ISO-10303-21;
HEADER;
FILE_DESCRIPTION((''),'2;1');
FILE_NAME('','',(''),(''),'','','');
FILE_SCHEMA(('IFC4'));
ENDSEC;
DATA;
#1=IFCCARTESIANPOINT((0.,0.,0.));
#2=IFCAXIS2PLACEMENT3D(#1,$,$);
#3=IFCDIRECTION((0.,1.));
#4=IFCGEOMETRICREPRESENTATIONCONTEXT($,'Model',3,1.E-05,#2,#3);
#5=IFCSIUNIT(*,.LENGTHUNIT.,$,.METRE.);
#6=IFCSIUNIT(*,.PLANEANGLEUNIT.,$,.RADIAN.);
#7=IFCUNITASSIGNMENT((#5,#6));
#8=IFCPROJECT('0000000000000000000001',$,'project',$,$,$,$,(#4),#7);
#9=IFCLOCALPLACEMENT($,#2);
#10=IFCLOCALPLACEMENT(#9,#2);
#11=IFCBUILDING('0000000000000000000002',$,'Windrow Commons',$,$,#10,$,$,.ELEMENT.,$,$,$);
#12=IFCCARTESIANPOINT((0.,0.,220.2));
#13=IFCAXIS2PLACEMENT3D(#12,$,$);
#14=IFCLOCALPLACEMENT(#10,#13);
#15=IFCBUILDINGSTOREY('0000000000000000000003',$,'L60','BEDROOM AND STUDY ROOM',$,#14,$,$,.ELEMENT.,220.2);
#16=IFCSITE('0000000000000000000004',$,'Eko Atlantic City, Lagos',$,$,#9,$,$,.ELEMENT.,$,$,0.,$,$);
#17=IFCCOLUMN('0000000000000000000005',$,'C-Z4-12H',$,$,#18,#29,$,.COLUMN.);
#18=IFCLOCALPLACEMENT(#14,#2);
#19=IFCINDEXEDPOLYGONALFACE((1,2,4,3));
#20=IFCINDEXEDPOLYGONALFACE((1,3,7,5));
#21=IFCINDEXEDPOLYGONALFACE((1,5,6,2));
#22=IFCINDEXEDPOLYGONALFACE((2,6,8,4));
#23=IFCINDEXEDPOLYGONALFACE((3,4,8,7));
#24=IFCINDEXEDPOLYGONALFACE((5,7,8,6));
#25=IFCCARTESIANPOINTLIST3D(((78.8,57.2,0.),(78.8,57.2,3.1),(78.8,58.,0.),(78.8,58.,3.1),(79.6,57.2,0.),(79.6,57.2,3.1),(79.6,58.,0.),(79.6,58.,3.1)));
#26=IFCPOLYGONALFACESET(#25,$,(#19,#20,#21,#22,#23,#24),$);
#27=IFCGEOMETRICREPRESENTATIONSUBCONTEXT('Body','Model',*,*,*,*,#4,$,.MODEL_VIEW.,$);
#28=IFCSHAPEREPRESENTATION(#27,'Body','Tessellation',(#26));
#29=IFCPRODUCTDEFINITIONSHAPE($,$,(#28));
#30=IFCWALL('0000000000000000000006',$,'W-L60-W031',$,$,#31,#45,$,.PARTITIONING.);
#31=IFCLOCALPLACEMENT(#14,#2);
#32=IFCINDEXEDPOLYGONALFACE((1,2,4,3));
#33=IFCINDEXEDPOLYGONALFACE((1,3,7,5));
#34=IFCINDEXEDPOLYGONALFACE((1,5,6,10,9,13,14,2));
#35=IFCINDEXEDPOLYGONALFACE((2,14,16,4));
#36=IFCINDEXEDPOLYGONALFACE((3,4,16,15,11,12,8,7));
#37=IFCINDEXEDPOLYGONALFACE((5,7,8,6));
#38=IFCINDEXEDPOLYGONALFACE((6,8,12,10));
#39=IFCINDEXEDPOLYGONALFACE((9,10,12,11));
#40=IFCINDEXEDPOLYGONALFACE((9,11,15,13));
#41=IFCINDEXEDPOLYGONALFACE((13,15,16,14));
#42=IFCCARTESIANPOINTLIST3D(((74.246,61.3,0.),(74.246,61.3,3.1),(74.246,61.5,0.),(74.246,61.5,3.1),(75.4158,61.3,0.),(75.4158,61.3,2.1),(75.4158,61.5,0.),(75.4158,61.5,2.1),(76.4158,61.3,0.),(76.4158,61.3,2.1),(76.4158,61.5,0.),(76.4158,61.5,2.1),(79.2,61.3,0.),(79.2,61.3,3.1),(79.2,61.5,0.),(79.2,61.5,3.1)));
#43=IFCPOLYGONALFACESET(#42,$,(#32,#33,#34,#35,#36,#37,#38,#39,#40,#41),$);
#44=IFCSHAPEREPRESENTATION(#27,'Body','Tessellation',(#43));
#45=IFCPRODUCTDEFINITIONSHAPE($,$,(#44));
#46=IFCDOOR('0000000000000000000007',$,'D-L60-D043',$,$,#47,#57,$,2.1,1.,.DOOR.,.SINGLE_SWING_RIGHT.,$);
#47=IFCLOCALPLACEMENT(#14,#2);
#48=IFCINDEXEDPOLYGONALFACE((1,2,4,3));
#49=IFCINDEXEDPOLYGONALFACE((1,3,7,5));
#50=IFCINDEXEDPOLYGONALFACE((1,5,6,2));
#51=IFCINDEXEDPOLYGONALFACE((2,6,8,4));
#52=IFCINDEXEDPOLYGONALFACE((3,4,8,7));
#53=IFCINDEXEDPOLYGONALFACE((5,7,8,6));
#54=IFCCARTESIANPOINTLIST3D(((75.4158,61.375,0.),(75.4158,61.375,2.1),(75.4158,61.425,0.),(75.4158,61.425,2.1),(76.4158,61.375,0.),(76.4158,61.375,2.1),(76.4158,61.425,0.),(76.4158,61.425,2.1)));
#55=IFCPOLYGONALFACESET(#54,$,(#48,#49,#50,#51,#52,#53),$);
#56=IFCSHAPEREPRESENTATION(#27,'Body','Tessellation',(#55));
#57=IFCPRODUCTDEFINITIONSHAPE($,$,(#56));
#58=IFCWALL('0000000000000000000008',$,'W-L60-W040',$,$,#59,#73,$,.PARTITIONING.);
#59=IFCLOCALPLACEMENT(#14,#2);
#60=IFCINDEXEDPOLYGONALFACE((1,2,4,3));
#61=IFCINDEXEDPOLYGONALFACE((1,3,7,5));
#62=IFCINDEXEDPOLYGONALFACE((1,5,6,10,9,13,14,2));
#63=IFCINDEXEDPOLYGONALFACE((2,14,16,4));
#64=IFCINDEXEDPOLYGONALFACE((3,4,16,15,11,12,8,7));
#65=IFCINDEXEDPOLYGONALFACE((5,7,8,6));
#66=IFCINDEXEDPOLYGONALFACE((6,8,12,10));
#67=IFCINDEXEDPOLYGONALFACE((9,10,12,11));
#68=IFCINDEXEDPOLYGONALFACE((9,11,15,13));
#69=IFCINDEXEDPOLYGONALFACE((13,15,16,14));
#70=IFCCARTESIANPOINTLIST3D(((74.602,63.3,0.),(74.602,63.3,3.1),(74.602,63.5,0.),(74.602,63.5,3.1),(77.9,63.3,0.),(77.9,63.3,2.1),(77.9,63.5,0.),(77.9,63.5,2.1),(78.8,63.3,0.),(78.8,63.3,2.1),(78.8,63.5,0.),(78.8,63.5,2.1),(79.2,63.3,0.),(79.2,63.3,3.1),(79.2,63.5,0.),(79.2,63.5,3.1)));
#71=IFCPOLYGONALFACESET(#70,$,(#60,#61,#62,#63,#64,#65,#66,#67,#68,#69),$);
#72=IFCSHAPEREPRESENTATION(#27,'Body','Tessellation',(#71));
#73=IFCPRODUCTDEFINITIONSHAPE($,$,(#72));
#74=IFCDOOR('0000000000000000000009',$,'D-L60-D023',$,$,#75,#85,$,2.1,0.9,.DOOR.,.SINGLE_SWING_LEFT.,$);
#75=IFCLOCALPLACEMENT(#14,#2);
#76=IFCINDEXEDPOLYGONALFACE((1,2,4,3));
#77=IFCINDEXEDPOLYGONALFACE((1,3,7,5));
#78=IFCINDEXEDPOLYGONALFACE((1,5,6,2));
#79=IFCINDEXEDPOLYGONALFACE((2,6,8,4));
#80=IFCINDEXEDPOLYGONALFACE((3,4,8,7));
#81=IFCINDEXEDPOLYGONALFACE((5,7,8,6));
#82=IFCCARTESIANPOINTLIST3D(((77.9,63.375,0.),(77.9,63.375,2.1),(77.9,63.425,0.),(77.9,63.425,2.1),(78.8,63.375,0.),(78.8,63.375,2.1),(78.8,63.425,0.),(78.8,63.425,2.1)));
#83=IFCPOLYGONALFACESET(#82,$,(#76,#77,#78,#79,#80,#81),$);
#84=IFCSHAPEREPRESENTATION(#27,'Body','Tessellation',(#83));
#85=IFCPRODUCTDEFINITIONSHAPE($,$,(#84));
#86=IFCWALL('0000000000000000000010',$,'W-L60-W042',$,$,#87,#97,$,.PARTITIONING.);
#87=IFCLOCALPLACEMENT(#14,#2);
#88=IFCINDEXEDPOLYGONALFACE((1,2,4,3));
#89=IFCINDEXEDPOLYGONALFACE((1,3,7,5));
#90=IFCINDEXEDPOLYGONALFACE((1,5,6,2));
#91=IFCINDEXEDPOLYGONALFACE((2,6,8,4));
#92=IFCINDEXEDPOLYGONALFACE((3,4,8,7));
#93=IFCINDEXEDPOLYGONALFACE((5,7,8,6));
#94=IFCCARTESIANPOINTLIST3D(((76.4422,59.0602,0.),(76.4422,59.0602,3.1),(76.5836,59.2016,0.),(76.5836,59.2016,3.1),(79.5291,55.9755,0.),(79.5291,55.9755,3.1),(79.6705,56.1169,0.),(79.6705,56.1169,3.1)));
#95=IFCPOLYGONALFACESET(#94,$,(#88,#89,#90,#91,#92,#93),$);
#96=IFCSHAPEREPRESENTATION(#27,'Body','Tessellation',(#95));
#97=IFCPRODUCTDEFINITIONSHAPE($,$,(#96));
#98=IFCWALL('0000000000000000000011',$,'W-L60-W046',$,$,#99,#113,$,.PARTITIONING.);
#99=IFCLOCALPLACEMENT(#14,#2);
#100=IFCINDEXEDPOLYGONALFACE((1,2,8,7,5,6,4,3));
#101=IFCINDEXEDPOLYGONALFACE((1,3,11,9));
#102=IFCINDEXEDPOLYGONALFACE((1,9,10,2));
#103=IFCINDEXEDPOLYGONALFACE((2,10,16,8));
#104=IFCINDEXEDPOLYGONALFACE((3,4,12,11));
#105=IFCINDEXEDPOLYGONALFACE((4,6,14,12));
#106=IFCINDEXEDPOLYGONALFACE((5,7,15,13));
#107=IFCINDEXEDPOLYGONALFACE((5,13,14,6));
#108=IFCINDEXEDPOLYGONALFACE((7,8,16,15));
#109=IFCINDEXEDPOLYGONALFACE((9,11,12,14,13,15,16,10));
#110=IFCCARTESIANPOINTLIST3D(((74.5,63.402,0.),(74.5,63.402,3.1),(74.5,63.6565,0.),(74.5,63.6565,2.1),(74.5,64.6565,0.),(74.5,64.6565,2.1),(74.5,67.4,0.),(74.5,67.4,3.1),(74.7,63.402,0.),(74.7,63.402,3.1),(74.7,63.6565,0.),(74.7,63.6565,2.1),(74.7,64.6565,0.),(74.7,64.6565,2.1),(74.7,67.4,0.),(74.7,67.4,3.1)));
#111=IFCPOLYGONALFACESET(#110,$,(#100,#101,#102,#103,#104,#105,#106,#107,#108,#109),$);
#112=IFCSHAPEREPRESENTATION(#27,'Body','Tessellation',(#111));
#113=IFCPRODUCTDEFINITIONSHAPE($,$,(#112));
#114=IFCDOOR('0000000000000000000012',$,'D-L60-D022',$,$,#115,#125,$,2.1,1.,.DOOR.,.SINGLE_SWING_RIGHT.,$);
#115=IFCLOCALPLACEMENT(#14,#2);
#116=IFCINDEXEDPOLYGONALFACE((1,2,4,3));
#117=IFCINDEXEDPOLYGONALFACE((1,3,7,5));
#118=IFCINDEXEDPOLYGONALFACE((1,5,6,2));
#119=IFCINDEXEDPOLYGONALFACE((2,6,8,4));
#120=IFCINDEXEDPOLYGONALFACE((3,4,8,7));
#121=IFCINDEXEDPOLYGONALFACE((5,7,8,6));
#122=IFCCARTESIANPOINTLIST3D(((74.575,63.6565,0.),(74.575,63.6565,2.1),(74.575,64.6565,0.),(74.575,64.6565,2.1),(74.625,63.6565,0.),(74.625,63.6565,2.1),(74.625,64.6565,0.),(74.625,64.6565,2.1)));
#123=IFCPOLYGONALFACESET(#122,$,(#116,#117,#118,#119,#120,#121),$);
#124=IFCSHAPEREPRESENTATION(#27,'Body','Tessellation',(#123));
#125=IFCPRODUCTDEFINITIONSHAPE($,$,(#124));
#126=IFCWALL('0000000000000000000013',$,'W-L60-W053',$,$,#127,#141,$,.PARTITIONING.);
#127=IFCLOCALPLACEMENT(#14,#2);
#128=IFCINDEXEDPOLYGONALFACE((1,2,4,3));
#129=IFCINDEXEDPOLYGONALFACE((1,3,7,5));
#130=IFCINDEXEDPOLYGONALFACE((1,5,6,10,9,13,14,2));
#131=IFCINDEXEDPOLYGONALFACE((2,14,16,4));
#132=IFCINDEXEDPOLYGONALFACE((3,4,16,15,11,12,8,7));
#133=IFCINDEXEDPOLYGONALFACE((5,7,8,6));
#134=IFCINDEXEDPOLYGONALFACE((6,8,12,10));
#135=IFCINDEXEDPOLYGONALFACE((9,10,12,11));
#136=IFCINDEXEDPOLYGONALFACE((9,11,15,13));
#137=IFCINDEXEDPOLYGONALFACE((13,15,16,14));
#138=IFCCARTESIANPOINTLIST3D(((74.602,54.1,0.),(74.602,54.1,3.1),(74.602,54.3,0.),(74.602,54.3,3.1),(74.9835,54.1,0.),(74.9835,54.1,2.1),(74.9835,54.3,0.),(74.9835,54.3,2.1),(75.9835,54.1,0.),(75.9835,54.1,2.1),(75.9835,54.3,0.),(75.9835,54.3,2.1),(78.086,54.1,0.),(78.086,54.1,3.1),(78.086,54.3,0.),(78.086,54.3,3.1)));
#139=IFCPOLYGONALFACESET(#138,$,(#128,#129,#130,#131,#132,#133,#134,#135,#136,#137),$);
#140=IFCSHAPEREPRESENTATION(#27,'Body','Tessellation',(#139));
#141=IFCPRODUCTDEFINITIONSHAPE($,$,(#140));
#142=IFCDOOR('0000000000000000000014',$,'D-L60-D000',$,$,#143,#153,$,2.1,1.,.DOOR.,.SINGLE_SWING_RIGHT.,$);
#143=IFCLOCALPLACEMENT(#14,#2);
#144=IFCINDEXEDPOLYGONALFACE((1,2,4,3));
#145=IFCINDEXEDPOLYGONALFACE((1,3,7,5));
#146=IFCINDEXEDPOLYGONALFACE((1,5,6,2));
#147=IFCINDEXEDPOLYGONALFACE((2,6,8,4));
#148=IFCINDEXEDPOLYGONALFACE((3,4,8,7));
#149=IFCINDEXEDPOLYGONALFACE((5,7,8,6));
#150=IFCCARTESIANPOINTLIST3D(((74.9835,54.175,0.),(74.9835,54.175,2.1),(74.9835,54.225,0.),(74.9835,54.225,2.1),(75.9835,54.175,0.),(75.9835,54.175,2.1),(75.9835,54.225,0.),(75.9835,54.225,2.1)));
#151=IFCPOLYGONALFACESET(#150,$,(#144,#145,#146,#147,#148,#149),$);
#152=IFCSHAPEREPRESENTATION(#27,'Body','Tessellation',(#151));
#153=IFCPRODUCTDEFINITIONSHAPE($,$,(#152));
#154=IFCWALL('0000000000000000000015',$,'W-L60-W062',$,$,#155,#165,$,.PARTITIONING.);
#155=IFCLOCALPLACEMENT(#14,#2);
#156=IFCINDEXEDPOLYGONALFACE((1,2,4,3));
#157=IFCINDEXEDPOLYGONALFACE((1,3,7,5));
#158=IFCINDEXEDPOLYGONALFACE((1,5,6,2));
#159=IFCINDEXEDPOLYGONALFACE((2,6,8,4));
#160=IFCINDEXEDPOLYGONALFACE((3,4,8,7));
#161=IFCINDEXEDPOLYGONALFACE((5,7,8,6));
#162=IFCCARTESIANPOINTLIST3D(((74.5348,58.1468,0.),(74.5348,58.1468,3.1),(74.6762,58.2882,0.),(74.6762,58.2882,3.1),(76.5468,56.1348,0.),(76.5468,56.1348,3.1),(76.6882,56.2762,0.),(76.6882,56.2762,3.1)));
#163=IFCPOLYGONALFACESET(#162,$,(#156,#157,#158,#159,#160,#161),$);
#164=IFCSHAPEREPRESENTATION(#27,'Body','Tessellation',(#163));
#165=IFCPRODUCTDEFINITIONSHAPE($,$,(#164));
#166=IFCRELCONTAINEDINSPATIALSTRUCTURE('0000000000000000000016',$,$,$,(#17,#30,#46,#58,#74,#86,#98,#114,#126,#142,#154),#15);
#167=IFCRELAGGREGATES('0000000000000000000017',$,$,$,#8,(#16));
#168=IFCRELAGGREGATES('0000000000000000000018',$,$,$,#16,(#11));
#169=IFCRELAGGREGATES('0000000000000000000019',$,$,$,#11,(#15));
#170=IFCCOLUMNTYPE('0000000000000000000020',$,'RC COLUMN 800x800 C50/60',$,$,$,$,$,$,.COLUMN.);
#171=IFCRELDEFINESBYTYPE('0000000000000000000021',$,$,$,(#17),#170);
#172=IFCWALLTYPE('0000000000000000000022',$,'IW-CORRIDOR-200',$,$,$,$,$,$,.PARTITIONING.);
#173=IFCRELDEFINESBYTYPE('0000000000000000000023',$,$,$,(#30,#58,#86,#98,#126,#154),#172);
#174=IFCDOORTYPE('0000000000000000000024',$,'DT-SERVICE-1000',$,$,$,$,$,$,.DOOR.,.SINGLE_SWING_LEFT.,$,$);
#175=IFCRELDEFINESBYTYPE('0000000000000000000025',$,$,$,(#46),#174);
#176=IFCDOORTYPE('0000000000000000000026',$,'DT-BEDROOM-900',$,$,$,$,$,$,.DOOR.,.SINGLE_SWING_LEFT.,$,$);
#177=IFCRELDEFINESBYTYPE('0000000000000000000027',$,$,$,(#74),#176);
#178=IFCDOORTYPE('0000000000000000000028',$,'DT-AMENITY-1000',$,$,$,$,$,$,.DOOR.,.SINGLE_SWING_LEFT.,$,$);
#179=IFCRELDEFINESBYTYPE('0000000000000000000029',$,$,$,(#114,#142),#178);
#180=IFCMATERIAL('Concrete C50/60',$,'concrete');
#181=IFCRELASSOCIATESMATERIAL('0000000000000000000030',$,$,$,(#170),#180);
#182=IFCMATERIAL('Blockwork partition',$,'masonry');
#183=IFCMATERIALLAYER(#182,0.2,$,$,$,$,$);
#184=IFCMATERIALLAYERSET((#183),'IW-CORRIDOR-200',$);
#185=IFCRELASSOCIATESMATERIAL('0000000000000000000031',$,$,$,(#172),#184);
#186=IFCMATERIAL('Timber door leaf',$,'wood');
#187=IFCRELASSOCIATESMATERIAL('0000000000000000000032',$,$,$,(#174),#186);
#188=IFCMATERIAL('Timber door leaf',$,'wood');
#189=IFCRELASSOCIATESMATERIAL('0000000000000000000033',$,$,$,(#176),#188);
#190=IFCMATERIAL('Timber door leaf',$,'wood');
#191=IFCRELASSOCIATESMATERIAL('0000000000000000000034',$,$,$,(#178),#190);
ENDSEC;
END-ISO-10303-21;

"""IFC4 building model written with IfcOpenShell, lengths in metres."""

from ifc_helpers import new_model, si_unit, direction, frame, frame_2d, origin, origin_2d, place, context, subcontext, project, spatial, rectangle, extrude, material, layer, layer_set, material_profile, profile_set, type_object, element, fill, save


model = new_model("IFC4")

# Units and contexts
model_context = context("Model", 3, precision=1e-05, world=origin(), true_north=direction((0.0, 1.0)))
body_context = subcontext(model_context, "Body", "Model", "MODEL_VIEW")
ifc_project = project(units=[si_unit("LENGTHUNIT", "METRE"), si_unit("PLANEANGLEUNIT", "RADIAN")], contexts=[model_context])

# Site, building, storey
site_placement = place(None, origin())
site = spatial("IfcSite", under=ifc_project, at=site_placement, Name="Eko Atlantic City, Lagos", CompositionType="ELEMENT", RefElevation=0.0)
building_placement = place(site_placement, origin())
building = spatial("IfcBuilding", under=site, at=building_placement, Name="Windrow Commons", CompositionType="ELEMENT")
storey_placement = place(building_placement, frame((0.0, 0.0, 220.2)))
storey = spatial("IfcBuildingStorey", under=building, at=storey_placement, Name="L60", Description="BEDROOM AND STUDY ROOM", CompositionType="ELEMENT", Elevation=220.2)

# Column
ifc_material_1 = material(Name="Concrete C50/60", Category="concrete")
ifc_material_profile = material_profile(ifc_material_1, rectangle(XDim=0.8, YDim=0.8, at=origin_2d()))
ifc_profile_set = profile_set([ifc_material_profile], Name="Concrete C50/60")
column_type = type_object("IfcColumnType", Name="RC COLUMN 800x800 C50/60", PredefinedType="COLUMN", material=ifc_profile_set)
column_placement = place(storey_placement, frame((79.2, 57.6, 0.0), z_axis=(0.0, 0.0, 1.0), x_axis=(1.0, 0.0, 0.0)))
element("IfcColumn", 1, at=column_placement, inside=storey, type_object=column_type, Name="C-Z4-12H", PredefinedType="COLUMN", context=body_context, shape_type="SweptSolid", body=[
    extrude(rectangle(XDim=0.8, YDim=0.8, at=origin_2d()), origin(), (0.0, 0.0, 1.0), 3.1),
])

# Walls, openings, doors
ifc_material_2 = material(Name="Blockwork partition", Category="masonry")
ifc_layer_1 = layer(ifc_material_2, 0.2)
ifc_layer_set_1 = layer_set([ifc_layer_1], Name="IW-CORRIDOR-200")
wall_type_1 = type_object("IfcWallType", Name="IW-CORRIDOR-200", PredefinedType="PARTITIONING", material=ifc_layer_set_1)
wall_1_placement = place(storey_placement, frame((74.246, 61.4, 0.0), z_axis=(0.0, 0.0, 1.0), x_axis=(1.0, 0.0, 0.0)))
wall_1 = element("IfcWall", 2, at=wall_1_placement, inside=storey, type_object=wall_type_1, Name="W-L60-W031", PredefinedType="PARTITIONING", context=body_context, shape_type="SweptSolid", body=[
    extrude(rectangle(XDim=4.954, YDim=0.2, at=frame_2d((2.477, 0.0))), origin(), (0.0, 0.0, 1.0), 3.1),
])
opening_1_placement = place(wall_1_placement, frame((1.1698, 0.0, 0.0)))
opening_1 = element("IfcOpeningElement", 3, at=opening_1_placement, cuts=wall_1, PredefinedType="OPENING", context=body_context, shape_type="SweptSolid", body=[
    extrude(rectangle(XDim=1.0, YDim=2.1, at=frame_2d((0.5, 1.05))), frame((0.0, 0.11, 0.0), z_axis=(0.0, -1.0, 0.0), x_axis=(1.0, 0.0, 0.0)), (0.0, 0.0, 1.0), 0.22),
])
ifc_material_3 = material(Name="Timber door leaf", Category="wood")
door_type_1 = type_object("IfcDoorType", Name="DT-SERVICE-1000", OperationType="SINGLE_SWING_LEFT", PredefinedType="DOOR", material=ifc_material_3)
door_1_placement = place(opening_1_placement, origin())
door_1 = element("IfcDoor", 4, at=door_1_placement, inside=storey, type_object=door_type_1, Name="D-L60-D043", OperationType="SINGLE_SWING_RIGHT", OverallHeight=2.1, OverallWidth=1.0, PredefinedType="DOOR", context=body_context, shape_type="SweptSolid", body=[
    extrude(rectangle(XDim=1.0, YDim=2.1, at=frame_2d((0.5, 1.05))), frame((0.0, 0.025, 0.0), z_axis=(0.0, -1.0, 0.0), x_axis=(1.0, 0.0, 0.0)), (0.0, 0.0, 1.0), 0.05),
])
fill(opening_1, door_1)
wall_2_placement = place(storey_placement, frame((74.602, 63.4, 0.0), z_axis=(0.0, 0.0, 1.0), x_axis=(1.0, 0.0, 0.0)))
wall_2 = element("IfcWall", 5, at=wall_2_placement, inside=storey, type_object=wall_type_1, Name="W-L60-W040", PredefinedType="PARTITIONING", context=body_context, shape_type="SweptSolid", body=[
    extrude(rectangle(XDim=4.598, YDim=0.2, at=frame_2d((2.299, 0.0))), origin(), (0.0, 0.0, 1.0), 3.1),
])
opening_2_placement = place(wall_2_placement, frame((3.298, 0.0, 0.0)))
opening_2 = element("IfcOpeningElement", 6, at=opening_2_placement, cuts=wall_2, PredefinedType="OPENING", context=body_context, shape_type="SweptSolid", body=[
    extrude(rectangle(XDim=0.9, YDim=2.1, at=frame_2d((0.45, 1.05))), frame((0.0, 0.11, 0.0), z_axis=(0.0, -1.0, 0.0), x_axis=(1.0, 0.0, 0.0)), (0.0, 0.0, 1.0), 0.22),
])
ifc_material_4 = material(Name="Timber door leaf", Category="wood")
door_type_2 = type_object("IfcDoorType", Name="DT-BEDROOM-900", OperationType="SINGLE_SWING_LEFT", PredefinedType="DOOR", material=ifc_material_4)
door_2_placement = place(opening_2_placement, origin())
door_2 = element("IfcDoor", 7, at=door_2_placement, inside=storey, type_object=door_type_2, Name="D-L60-D023", OperationType="SINGLE_SWING_LEFT", OverallHeight=2.1, OverallWidth=0.9, PredefinedType="DOOR", context=body_context, shape_type="SweptSolid", body=[
    extrude(rectangle(XDim=0.9, YDim=2.1, at=frame_2d((0.45, 1.05))), frame((0.0, 0.025, 0.0), z_axis=(0.0, -1.0, 0.0), x_axis=(1.0, 0.0, 0.0)), (0.0, 0.0, 1.0), 0.05),
])
fill(opening_2, door_2)

# Wall
wall_3_placement = place(storey_placement, frame((76.5129, 59.1309, 0.0), z_axis=(0.0, 0.0, 1.0), x_axis=(0.707359, -0.706855, 0.0)))
element("IfcWall", 8, at=wall_3_placement, inside=storey, type_object=wall_type_1, Name="W-L60-W042", PredefinedType="PARTITIONING", context=body_context, shape_type="SweptSolid", body=[
    extrude(rectangle(XDim=4.364, YDim=0.2, at=frame_2d((2.182, 0.0))), origin(), (0.0, 0.0, 1.0), 3.1),
])

# Walls, openings, doors
wall_4_placement = place(storey_placement, frame((74.6, 63.402, 0.0), z_axis=(0.0, 0.0, 1.0), x_axis=(0.0, 1.0, 0.0)))
wall_4 = element("IfcWall", 9, at=wall_4_placement, inside=storey, type_object=wall_type_1, Name="W-L60-W046", PredefinedType="PARTITIONING", context=body_context, shape_type="SweptSolid", body=[
    extrude(rectangle(XDim=3.998, YDim=0.2, at=frame_2d((1.999, 0.0))), origin(), (0.0, 0.0, 1.0), 3.1),
])
opening_3_placement = place(wall_4_placement, frame((0.2545, 0.0, 0.0)))
opening_3 = element("IfcOpeningElement", 10, at=opening_3_placement, cuts=wall_4, PredefinedType="OPENING", context=body_context, shape_type="SweptSolid", body=[
    extrude(rectangle(XDim=1.0, YDim=2.1, at=frame_2d((0.5, 1.05))), frame((0.0, 0.11, 0.0), z_axis=(0.0, -1.0, 0.0), x_axis=(1.0, 0.0, 0.0)), (0.0, 0.0, 1.0), 0.22),
])
ifc_material_5 = material(Name="Timber door leaf", Category="wood")
door_type_3 = type_object("IfcDoorType", Name="DT-AMENITY-1000", OperationType="SINGLE_SWING_LEFT", PredefinedType="DOOR", material=ifc_material_5)
door_3_placement = place(opening_3_placement, origin())
door_3 = element("IfcDoor", 11, at=door_3_placement, inside=storey, type_object=door_type_3, Name="D-L60-D022", OperationType="SINGLE_SWING_RIGHT", OverallHeight=2.1, OverallWidth=1.0, PredefinedType="DOOR", context=body_context, shape_type="SweptSolid", body=[
    extrude(rectangle(XDim=1.0, YDim=2.1, at=frame_2d((0.5, 1.05))), frame((0.0, 0.025, 0.0), z_axis=(0.0, -1.0, 0.0), x_axis=(1.0, 0.0, 0.0)), (0.0, 0.0, 1.0), 0.05),
])
fill(opening_3, door_3)
wall_5_placement = place(storey_placement, frame((74.602, 54.2, 0.0), z_axis=(0.0, 0.0, 1.0), x_axis=(1.0, 0.0, 0.0)))
wall_5 = element("IfcWall", 12, at=wall_5_placement, inside=storey, type_object=wall_type_1, Name="W-L60-W053", PredefinedType="PARTITIONING", context=body_context, shape_type="SweptSolid", body=[
    extrude(rectangle(XDim=3.484, YDim=0.2, at=frame_2d((1.742, 0.0))), origin(), (0.0, 0.0, 1.0), 3.1),
])
opening_4_placement = place(wall_5_placement, frame((0.3815, 0.0, 0.0)))
opening_4 = element("IfcOpeningElement", 13, at=opening_4_placement, cuts=wall_5, PredefinedType="OPENING", context=body_context, shape_type="SweptSolid", body=[
    extrude(rectangle(XDim=1.0, YDim=2.1, at=frame_2d((0.5, 1.05))), frame((0.0, 0.11, 0.0), z_axis=(0.0, -1.0, 0.0), x_axis=(1.0, 0.0, 0.0)), (0.0, 0.0, 1.0), 0.22),
])
door_4_placement = place(opening_4_placement, origin())
door_4 = element("IfcDoor", 14, at=door_4_placement, inside=storey, type_object=door_type_3, Name="D-L60-D000", OperationType="SINGLE_SWING_RIGHT", OverallHeight=2.1, OverallWidth=1.0, PredefinedType="DOOR", context=body_context, shape_type="SweptSolid", body=[
    extrude(rectangle(XDim=1.0, YDim=2.1, at=frame_2d((0.5, 1.05))), frame((0.0, 0.025, 0.0), z_axis=(0.0, -1.0, 0.0), x_axis=(1.0, 0.0, 0.0)), (0.0, 0.0, 1.0), 0.05),
])
fill(opening_4, door_4)

# Wall
wall_6_placement = place(storey_placement, frame((74.6055, 58.2175, 0.0), z_axis=(0.0, 0.0, 1.0), x_axis=(0.707107, -0.707107, 0.0)))
element("IfcWall", 15, at=wall_6_placement, inside=storey, type_object=wall_type_1, Name="W-L60-W062", PredefinedType="PARTITIONING", context=body_context, shape_type="SweptSolid", body=[
    extrude(rectangle(XDim=2.8454, YDim=0.2, at=frame_2d((1.4227, 0.0))), origin(), (0.0, 0.0, 1.0), 3.1),
])

save(model, "model.ifc")
